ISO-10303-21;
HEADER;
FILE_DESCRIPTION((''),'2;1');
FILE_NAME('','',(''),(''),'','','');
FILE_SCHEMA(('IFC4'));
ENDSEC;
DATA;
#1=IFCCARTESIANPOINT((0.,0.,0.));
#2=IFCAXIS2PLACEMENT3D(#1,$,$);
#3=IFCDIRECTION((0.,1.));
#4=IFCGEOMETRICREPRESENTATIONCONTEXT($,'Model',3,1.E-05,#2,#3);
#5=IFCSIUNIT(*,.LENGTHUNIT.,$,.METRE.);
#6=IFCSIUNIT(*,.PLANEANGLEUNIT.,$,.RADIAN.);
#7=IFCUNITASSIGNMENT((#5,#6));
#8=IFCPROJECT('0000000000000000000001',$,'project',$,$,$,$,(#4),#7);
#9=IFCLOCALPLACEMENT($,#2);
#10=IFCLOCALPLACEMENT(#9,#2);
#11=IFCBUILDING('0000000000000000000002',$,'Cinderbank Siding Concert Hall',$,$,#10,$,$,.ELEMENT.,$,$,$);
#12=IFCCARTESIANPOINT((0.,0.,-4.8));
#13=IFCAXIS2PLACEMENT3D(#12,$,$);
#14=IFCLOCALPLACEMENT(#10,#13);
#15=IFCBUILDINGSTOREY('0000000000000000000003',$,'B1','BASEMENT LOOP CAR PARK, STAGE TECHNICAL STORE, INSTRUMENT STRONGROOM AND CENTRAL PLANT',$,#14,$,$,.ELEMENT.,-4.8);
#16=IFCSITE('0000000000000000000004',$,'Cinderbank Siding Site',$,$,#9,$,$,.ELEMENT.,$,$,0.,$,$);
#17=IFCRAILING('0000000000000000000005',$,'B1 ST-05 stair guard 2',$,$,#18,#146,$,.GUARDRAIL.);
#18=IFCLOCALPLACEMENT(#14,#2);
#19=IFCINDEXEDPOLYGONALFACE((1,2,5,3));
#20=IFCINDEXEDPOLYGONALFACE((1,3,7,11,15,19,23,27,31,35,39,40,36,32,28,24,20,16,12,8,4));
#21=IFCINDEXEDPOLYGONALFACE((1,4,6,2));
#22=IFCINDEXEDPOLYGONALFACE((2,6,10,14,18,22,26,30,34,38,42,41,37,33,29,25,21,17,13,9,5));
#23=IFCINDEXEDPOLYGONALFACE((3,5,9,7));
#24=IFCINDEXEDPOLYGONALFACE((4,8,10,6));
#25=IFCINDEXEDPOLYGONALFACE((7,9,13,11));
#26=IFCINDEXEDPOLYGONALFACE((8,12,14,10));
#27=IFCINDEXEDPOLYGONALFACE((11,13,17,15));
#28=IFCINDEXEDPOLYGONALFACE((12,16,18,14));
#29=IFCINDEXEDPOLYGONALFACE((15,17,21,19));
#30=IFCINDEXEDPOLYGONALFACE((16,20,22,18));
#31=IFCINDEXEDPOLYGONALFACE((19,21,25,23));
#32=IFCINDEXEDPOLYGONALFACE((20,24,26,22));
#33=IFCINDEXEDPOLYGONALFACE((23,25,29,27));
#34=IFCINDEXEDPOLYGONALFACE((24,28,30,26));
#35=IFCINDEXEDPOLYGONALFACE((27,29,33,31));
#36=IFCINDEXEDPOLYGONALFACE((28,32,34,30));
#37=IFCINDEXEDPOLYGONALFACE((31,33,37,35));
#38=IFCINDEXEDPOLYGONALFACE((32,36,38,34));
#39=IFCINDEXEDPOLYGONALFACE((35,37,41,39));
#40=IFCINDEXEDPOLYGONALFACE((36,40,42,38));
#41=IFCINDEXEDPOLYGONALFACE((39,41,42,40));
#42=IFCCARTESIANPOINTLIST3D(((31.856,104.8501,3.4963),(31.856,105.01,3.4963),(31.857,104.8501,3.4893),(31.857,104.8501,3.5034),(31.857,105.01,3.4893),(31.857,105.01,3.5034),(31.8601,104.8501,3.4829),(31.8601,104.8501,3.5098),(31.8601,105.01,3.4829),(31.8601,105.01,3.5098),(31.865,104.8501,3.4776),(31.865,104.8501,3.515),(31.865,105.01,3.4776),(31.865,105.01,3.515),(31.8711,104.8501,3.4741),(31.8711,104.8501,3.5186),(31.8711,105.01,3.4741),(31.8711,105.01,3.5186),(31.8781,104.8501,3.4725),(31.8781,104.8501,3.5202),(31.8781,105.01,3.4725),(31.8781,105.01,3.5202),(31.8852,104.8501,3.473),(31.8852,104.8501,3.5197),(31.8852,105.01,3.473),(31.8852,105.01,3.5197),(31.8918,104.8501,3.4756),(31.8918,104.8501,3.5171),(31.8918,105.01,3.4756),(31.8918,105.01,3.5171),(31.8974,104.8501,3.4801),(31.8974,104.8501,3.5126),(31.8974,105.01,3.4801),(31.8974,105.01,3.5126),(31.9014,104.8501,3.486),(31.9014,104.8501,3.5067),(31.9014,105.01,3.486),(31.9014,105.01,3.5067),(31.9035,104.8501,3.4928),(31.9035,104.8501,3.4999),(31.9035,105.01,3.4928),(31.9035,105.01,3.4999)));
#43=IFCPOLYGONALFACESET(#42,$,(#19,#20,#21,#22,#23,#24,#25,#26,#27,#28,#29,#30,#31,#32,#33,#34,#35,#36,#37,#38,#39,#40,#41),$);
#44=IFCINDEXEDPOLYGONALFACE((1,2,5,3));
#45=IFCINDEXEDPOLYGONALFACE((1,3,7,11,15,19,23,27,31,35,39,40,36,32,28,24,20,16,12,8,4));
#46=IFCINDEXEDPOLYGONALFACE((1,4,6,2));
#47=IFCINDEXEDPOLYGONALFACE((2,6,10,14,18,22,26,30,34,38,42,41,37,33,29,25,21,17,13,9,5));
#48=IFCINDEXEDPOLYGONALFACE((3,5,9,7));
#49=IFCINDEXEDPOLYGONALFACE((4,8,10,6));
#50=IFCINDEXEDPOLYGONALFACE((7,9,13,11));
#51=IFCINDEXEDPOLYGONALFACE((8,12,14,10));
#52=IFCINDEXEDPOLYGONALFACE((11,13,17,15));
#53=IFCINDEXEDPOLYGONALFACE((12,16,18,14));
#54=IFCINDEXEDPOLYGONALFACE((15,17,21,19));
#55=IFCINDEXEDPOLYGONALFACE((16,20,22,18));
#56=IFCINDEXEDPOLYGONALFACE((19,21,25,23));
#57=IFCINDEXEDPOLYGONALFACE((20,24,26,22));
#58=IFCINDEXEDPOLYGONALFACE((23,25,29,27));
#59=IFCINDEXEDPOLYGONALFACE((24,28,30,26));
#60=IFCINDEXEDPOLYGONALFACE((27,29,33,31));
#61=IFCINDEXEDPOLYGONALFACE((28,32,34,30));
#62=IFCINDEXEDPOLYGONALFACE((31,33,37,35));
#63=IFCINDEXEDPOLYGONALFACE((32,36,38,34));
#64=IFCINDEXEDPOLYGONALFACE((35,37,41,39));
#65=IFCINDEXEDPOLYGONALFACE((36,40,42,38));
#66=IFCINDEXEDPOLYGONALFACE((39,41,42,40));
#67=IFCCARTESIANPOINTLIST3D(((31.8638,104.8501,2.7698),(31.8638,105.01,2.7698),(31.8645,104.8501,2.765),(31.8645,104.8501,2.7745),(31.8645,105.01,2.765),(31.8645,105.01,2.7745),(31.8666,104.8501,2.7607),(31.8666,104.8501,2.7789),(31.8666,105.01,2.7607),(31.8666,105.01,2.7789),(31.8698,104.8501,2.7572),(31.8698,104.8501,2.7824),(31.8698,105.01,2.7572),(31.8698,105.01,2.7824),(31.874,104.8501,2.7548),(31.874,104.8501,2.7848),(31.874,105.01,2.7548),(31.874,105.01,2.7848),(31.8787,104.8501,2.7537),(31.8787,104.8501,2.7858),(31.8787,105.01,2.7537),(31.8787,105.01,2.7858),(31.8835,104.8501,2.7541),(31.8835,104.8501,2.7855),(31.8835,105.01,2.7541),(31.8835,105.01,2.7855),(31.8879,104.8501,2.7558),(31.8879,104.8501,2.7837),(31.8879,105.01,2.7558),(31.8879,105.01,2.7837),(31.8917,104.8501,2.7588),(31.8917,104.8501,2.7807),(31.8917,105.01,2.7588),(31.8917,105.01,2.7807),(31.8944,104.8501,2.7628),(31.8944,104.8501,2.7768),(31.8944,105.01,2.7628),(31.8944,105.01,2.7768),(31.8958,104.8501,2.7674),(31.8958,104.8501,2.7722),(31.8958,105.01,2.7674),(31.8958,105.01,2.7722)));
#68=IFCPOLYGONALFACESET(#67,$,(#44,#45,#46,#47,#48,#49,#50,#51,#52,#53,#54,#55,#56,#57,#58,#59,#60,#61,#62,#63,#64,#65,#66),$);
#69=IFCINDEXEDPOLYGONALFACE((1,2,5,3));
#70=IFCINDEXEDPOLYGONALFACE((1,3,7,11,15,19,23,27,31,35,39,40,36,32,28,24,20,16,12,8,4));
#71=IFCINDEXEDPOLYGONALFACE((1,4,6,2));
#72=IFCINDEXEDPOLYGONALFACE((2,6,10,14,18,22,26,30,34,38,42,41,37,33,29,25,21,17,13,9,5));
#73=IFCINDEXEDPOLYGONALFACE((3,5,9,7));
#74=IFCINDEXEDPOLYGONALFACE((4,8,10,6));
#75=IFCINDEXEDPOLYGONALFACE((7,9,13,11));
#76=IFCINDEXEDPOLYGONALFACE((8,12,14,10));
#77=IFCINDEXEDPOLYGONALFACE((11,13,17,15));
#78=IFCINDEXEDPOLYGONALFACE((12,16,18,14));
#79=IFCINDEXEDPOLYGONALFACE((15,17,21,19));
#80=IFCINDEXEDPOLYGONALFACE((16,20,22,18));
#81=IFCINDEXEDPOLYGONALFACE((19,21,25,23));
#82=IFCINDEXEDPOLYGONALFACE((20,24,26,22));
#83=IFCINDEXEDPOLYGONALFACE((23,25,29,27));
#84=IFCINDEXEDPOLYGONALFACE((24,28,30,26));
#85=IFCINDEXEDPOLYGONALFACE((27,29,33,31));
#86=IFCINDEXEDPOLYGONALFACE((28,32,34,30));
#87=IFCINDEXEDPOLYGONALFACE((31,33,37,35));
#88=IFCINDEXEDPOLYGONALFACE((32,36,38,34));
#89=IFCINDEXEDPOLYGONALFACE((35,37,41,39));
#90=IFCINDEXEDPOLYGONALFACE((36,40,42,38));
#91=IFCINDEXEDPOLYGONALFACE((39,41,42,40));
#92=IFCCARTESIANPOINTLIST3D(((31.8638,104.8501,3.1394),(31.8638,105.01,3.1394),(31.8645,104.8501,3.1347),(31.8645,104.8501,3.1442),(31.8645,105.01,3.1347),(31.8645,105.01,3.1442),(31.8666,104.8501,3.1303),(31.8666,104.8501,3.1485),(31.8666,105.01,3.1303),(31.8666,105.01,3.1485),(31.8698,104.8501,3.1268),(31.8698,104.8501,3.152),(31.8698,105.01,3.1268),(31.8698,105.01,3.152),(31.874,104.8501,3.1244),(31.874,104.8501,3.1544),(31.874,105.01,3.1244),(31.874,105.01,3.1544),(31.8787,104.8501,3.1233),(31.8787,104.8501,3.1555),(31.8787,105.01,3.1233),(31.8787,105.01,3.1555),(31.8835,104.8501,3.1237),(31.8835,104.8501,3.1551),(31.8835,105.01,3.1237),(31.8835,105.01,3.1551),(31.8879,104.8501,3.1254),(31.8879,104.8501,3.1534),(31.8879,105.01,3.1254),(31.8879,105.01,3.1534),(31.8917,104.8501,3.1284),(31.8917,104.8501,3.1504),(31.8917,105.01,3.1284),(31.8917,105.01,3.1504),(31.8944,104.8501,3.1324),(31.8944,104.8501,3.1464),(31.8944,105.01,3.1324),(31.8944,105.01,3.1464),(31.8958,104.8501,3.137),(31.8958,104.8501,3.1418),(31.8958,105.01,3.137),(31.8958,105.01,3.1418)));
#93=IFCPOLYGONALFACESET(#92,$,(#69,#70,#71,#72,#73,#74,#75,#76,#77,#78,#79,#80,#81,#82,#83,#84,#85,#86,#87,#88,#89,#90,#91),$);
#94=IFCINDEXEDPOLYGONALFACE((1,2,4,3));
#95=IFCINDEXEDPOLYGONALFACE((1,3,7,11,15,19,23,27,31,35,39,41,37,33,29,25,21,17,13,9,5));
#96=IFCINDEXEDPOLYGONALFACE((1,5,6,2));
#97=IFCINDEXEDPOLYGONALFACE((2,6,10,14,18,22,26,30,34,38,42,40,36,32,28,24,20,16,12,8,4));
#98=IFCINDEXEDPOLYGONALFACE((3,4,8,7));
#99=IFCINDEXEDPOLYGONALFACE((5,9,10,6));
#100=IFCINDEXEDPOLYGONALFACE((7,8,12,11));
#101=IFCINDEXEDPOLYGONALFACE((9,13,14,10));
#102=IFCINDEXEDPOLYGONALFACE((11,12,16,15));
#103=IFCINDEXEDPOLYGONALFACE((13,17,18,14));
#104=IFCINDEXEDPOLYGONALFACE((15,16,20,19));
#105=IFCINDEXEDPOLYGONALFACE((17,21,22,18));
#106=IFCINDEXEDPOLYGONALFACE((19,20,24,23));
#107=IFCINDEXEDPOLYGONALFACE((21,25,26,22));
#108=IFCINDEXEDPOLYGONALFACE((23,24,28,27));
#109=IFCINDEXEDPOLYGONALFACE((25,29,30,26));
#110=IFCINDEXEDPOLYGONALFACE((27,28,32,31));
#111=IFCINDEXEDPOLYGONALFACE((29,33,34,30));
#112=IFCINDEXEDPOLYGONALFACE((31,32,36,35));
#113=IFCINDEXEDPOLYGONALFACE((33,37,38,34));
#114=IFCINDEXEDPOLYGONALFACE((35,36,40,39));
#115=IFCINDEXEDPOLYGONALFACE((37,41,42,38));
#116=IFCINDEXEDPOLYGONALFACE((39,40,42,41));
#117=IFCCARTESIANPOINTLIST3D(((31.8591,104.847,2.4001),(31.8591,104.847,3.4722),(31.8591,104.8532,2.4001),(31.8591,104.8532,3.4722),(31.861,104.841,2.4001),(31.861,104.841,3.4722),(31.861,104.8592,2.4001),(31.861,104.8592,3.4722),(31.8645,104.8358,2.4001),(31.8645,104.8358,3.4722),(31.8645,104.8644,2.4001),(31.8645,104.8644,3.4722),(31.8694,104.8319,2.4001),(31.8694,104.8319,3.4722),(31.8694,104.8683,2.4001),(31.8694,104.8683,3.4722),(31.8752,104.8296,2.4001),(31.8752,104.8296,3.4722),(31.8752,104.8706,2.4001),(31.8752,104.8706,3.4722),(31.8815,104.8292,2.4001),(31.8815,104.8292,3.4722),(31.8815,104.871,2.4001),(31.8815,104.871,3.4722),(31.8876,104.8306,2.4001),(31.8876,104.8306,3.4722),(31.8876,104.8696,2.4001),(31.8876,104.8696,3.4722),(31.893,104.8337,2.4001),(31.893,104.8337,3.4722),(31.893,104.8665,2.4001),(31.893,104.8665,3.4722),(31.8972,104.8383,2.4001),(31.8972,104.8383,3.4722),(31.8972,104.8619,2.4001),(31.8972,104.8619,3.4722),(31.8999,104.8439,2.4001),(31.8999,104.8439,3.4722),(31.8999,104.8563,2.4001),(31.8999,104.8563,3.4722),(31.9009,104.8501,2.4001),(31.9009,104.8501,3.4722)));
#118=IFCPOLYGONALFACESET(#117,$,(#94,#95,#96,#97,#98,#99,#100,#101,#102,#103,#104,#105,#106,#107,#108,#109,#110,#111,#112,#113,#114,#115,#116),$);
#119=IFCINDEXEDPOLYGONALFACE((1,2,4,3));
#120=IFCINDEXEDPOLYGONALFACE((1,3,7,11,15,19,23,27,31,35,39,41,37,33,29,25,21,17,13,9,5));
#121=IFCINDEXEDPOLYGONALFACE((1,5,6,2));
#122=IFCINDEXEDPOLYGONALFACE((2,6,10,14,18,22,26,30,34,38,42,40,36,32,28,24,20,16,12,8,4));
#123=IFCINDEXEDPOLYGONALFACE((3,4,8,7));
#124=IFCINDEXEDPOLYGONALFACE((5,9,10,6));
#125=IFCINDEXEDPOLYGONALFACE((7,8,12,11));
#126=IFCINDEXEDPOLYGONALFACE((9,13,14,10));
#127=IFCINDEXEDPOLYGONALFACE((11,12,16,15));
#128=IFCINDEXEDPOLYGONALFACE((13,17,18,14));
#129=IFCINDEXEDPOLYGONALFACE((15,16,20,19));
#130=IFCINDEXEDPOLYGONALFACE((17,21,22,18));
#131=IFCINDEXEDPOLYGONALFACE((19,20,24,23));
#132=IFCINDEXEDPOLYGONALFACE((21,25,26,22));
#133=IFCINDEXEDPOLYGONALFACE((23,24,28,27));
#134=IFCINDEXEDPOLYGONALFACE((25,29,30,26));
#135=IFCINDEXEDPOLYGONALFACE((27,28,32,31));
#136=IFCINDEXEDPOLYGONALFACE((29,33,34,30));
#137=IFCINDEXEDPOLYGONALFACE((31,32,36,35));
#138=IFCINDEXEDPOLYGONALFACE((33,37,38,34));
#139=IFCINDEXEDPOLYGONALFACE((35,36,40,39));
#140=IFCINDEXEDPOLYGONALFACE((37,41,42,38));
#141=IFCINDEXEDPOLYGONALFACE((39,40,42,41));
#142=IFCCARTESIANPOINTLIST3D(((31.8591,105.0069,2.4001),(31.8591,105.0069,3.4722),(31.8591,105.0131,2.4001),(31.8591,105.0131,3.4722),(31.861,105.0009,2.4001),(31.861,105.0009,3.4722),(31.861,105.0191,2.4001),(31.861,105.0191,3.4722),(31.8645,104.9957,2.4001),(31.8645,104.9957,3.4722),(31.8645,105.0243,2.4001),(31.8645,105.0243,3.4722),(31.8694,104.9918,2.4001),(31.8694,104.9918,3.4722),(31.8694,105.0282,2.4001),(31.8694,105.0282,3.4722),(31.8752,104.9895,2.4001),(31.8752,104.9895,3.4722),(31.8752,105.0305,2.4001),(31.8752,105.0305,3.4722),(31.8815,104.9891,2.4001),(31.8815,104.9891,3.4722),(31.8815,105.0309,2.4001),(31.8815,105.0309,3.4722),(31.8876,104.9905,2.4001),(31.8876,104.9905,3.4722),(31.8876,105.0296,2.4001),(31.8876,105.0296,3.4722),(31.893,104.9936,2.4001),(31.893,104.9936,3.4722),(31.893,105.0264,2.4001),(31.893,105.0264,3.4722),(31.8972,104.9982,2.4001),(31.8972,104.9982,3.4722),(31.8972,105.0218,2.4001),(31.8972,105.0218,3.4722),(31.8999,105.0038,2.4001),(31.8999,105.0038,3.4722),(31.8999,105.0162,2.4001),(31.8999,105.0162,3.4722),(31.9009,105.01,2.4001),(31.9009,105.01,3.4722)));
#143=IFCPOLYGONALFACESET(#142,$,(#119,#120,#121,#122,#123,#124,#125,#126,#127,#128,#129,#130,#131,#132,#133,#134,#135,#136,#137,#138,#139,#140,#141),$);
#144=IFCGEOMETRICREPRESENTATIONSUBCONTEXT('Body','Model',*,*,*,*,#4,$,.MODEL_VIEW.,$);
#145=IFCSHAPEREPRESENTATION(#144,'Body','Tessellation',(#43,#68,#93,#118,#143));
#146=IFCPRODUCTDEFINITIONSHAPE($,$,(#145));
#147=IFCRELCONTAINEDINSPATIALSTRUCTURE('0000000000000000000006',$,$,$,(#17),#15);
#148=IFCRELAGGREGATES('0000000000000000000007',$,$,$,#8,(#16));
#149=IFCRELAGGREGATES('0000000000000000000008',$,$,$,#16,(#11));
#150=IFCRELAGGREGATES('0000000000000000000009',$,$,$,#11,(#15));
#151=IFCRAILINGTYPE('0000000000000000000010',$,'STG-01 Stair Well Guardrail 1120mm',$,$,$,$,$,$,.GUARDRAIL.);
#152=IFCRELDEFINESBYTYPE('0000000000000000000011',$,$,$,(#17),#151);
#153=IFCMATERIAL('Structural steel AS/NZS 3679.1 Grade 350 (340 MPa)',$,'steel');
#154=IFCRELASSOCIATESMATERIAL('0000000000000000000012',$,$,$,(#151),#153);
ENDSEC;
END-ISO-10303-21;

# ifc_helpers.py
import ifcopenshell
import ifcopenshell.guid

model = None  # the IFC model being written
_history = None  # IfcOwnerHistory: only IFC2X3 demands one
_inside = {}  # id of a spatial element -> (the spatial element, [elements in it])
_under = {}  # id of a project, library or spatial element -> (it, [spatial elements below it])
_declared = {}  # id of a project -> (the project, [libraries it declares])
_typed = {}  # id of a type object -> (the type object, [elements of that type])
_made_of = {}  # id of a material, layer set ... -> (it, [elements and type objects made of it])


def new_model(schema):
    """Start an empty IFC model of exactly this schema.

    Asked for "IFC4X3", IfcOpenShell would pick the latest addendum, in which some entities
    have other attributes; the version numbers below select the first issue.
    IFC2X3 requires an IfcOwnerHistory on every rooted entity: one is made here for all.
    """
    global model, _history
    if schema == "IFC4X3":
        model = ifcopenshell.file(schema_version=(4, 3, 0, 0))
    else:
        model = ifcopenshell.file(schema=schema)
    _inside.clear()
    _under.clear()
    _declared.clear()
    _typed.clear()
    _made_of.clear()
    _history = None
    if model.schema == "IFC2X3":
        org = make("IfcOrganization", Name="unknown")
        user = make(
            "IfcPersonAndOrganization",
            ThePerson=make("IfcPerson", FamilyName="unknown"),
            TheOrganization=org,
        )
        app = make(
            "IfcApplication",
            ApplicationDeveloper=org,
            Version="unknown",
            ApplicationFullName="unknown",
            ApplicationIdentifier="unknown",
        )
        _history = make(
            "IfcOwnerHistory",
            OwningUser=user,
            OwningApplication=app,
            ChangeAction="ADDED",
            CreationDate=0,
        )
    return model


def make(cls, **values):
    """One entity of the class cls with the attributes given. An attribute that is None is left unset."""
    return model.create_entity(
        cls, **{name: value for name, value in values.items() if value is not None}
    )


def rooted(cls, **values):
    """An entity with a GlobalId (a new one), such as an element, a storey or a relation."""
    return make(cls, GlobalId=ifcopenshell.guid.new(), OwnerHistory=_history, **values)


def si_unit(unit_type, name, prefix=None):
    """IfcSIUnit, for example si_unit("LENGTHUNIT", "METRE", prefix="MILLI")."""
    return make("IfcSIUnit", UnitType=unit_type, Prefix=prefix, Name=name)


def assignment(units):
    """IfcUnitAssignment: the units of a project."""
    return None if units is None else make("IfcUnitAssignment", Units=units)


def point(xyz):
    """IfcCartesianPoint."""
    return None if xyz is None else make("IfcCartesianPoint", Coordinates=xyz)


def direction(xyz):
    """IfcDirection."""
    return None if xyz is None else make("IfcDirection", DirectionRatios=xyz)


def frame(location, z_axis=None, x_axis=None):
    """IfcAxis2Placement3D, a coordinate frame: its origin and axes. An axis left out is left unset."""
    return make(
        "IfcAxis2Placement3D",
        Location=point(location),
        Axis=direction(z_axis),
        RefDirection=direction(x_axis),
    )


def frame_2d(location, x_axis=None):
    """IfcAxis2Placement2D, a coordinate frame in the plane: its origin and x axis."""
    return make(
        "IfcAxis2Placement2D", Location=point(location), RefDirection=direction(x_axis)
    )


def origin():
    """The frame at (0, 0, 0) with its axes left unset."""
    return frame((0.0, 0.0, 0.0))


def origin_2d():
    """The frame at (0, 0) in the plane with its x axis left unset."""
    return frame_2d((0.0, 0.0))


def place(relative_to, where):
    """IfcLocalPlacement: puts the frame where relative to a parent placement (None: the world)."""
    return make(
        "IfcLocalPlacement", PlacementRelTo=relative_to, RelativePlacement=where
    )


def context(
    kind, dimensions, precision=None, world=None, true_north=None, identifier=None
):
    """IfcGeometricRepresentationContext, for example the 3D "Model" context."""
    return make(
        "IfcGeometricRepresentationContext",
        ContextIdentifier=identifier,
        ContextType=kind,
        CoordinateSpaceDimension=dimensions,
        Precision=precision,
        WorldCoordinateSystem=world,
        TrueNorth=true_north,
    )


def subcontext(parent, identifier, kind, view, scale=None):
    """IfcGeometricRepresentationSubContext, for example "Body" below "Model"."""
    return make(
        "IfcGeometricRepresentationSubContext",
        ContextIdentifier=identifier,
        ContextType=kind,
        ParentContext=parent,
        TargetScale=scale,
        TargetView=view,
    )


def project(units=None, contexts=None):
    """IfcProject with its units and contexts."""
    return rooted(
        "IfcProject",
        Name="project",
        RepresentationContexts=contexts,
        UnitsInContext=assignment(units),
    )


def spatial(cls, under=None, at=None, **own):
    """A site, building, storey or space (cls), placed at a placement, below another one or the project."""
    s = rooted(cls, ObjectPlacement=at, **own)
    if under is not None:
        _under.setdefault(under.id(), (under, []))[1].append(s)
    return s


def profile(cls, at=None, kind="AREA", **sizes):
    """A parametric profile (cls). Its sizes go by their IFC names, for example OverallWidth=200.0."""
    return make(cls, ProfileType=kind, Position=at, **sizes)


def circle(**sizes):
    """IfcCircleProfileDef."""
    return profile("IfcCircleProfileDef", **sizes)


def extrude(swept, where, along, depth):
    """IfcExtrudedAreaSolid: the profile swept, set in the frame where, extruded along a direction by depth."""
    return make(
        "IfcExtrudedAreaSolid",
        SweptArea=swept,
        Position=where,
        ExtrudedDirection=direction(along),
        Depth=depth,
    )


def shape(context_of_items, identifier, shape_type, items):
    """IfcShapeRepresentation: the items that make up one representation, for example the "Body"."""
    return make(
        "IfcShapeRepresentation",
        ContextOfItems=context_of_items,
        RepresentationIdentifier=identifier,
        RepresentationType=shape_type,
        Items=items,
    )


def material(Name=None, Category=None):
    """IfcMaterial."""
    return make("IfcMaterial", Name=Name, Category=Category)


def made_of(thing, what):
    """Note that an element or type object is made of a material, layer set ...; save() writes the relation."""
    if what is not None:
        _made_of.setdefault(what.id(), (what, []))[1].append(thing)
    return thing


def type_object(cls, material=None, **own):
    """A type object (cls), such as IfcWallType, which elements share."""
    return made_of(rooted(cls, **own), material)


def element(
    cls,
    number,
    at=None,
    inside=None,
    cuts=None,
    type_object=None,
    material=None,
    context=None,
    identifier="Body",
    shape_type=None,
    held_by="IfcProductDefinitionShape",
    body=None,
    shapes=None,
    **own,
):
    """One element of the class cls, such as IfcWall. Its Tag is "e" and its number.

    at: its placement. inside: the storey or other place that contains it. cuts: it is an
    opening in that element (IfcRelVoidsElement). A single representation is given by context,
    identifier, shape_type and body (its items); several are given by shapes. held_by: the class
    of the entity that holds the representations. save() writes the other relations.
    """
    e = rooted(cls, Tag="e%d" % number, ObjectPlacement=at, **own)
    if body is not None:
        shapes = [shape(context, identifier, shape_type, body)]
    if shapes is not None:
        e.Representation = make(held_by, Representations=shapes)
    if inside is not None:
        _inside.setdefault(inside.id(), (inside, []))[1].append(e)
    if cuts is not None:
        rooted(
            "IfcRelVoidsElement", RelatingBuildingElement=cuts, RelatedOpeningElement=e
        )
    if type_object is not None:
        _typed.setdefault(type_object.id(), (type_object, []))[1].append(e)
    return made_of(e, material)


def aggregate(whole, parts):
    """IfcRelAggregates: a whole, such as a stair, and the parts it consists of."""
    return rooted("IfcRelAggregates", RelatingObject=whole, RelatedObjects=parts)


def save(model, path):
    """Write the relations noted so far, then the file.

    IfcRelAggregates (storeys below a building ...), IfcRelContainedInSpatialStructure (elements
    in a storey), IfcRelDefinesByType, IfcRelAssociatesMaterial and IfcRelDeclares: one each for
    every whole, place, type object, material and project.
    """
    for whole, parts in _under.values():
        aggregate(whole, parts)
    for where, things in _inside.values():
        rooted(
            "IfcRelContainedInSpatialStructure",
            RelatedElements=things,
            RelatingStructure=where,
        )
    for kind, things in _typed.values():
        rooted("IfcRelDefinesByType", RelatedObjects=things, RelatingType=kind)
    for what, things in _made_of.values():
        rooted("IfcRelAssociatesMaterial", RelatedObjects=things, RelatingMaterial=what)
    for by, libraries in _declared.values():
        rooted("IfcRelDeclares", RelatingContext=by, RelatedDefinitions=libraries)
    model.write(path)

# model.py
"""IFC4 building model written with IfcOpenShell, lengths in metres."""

from ifc_helpers import new_model, si_unit, direction, frame, origin, origin_2d, place, context, subcontext, project, spatial, circle, extrude, material, type_object, element, save


model = new_model("IFC4")

# Units and contexts
model_context = context("Model", 3, precision=1e-05, world=origin(), true_north=direction((0.0, 1.0)))
body_context = subcontext(model_context, "Body", "Model", "MODEL_VIEW")
ifc_project = project(units=[si_unit("LENGTHUNIT", "METRE"), si_unit("PLANEANGLEUNIT", "RADIAN")], contexts=[model_context])

# Site, building, storey
site_placement = place(None, origin())
site = spatial("IfcSite", under=ifc_project, at=site_placement, Name="Cinderbank Siding Site", CompositionType="ELEMENT", RefElevation=0.0)
building_placement = place(site_placement, origin())
building = spatial("IfcBuilding", under=site, at=building_placement, Name="Cinderbank Siding Concert Hall", CompositionType="ELEMENT")
storey_placement = place(building_placement, frame((0.0, 0.0, -4.8)))
storey = spatial("IfcBuildingStorey", under=building, at=storey_placement, Name="B1", Description="BASEMENT LOOP CAR PARK, STAGE TECHNICAL STORE, INSTRUMENT STRONGROOM AND CENTRAL PLANT", CompositionType="ELEMENT", Elevation=-4.8)

# Shared definitions
ifc_material_1 = material(Name="Structural steel AS/NZS 3679.1 Grade 350 (340 MPa)", Category="steel")

# Railing
railing_type_1 = type_object("IfcRailingType", Name="STG-01 Stair Well Guardrail 1120mm", PredefinedType="GUARDRAIL", material=ifc_material_1)
railing_1_placement = place(storey_placement, frame((31.8799, 104.8501, 2.4001)))
element("IfcRailing", 1, at=railing_1_placement, inside=storey, type_object=railing_type_1, Name="B1 ST-05 stair guard 2", PredefinedType="GUARDRAIL", context=body_context, shape_type="SweptSolid", body=[
    extrude(circle(Radius=0.0239, at=origin_2d()), frame((0.0, 0.0, 1.0962), z_axis=(0.0, 1.0, 0.0), x_axis=(-1.0, 0.0, 0.0)), (0.0, 0.0, 1.0), 0.1599),
    extrude(circle(Radius=0.0161, at=origin_2d()), frame((0.0, 0.0, 0.3696), z_axis=(0.0, 1.0, 0.0), x_axis=(-1.0, 0.0, 0.0)), (0.0, 0.0, 1.0), 0.1599),
    extrude(circle(Radius=0.0161, at=origin_2d()), frame((0.0, 0.0, 0.7393), z_axis=(0.0, 1.0, 0.0), x_axis=(-1.0, 0.0, 0.0)), (0.0, 0.0, 1.0), 0.1599),
    extrude(circle(Radius=0.021, at=origin_2d()), origin(), (0.0, 0.0, 1.0), 1.072),
    extrude(circle(Radius=0.021, at=origin_2d()), frame((0.0, 0.1599, 0.0)), (0.0, 0.0, 1.0), 1.072),
])

save(model, "model.ifc")
